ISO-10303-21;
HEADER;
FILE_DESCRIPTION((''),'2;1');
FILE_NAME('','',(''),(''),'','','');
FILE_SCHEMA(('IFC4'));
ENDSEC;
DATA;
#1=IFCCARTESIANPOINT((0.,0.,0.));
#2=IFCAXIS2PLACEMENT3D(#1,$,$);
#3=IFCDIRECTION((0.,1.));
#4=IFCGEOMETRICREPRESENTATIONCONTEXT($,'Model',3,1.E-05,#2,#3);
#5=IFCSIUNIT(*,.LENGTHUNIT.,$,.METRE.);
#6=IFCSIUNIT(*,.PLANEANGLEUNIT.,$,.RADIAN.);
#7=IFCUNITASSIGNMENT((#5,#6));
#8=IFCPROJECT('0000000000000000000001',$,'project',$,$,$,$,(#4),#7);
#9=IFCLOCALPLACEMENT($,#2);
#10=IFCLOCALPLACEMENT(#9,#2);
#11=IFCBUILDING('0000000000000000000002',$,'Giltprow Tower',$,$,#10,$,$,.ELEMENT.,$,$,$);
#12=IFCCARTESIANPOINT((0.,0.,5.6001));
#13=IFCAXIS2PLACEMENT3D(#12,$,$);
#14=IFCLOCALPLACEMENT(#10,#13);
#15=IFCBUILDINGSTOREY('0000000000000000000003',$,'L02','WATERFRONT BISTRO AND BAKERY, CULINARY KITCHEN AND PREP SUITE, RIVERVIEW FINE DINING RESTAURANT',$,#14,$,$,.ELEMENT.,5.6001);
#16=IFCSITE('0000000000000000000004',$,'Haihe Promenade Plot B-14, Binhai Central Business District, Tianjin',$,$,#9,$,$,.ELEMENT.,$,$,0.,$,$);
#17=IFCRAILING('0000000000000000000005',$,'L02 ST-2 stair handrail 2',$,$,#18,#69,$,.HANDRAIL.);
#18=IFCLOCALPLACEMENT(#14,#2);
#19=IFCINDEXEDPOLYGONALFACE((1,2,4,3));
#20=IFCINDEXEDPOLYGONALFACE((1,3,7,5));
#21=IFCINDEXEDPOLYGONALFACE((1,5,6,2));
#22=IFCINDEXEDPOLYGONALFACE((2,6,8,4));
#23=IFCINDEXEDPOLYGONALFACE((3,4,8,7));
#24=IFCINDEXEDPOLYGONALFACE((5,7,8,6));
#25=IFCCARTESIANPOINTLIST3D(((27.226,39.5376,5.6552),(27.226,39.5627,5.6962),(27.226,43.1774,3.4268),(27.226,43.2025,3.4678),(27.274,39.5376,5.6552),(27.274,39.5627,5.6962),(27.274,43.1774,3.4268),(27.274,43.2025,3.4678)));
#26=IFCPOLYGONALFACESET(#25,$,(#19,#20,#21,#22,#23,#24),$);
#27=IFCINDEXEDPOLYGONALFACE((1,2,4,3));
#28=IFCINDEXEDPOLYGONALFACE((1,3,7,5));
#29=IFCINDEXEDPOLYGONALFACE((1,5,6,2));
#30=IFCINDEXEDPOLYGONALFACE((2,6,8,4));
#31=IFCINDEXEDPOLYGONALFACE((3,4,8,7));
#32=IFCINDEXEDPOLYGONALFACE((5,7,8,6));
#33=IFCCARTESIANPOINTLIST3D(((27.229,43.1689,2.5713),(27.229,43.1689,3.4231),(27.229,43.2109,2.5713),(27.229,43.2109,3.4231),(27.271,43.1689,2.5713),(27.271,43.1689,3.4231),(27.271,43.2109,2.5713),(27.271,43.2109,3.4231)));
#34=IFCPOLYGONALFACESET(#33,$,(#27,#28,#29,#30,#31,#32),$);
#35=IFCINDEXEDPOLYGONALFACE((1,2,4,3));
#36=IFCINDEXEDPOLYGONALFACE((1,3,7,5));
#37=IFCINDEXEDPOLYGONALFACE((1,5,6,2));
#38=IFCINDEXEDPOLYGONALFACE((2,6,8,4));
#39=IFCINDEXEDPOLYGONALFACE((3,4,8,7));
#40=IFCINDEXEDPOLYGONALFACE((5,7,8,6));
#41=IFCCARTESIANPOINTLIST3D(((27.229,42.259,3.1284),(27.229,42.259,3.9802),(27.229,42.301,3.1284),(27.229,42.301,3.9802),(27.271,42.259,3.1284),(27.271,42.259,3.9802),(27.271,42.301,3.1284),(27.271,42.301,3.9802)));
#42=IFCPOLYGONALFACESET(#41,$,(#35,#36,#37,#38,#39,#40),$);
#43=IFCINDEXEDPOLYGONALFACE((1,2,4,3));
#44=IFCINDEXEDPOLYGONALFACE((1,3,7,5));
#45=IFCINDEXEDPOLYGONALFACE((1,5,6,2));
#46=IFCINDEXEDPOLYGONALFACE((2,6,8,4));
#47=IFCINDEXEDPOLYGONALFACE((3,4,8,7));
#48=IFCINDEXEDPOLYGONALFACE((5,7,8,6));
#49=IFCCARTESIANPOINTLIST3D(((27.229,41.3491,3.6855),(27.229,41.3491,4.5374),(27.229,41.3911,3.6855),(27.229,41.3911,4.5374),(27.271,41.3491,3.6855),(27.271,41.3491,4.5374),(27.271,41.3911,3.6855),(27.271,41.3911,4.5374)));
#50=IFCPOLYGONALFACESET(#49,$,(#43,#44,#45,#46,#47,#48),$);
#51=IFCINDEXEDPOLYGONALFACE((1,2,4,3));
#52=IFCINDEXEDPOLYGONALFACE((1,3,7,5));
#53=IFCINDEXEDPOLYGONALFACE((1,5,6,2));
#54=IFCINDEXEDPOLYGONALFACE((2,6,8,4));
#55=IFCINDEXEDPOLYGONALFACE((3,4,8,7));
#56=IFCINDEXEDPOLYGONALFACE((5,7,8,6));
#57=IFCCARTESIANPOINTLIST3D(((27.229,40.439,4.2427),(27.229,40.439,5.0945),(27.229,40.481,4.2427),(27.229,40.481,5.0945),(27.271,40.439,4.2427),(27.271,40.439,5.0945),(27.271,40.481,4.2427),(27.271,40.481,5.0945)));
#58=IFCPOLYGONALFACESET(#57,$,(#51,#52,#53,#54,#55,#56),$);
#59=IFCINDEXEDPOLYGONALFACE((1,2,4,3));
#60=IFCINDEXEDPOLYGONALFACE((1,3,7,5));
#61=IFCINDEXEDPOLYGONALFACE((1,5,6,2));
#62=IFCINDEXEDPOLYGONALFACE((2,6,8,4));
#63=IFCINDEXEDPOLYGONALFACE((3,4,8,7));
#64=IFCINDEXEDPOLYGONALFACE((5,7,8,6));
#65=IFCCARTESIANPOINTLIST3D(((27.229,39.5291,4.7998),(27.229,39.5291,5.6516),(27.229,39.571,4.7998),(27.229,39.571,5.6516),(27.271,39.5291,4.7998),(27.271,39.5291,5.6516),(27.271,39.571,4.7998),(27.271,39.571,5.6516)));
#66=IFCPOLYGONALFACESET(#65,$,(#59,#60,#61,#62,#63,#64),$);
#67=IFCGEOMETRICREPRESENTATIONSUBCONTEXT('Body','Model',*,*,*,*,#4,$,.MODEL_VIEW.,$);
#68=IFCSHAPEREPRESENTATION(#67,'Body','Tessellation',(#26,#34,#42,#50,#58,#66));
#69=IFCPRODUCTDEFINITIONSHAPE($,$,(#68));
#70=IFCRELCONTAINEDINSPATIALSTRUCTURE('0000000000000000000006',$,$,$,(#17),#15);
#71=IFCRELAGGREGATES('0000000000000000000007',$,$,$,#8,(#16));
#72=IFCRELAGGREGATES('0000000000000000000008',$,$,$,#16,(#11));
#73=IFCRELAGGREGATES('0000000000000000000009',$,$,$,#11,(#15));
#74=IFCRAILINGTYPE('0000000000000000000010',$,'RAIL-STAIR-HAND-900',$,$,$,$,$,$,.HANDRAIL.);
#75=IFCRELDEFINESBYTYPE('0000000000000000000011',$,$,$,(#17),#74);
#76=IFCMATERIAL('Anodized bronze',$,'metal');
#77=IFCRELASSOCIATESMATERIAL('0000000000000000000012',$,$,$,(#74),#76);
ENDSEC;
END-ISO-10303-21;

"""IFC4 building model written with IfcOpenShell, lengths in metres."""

from ifc_helpers import new_model, si_unit, direction, frame, origin, origin_2d, place, context, subcontext, project, spatial, rectangle, extrude, material, type_object, element, save


model = new_model("IFC4")

# Units and contexts
model_context = context("Model", 3, precision=1e-05, world=origin(), true_north=direction((0.0, 1.0)))
body_context = subcontext(model_context, "Body", "Model", "MODEL_VIEW")
ifc_project = project(units=[si_unit("LENGTHUNIT", "METRE"), si_unit("PLANEANGLEUNIT", "RADIAN")], contexts=[model_context])

# Site, building, storey
site_placement = place(None, origin())
site = spatial("IfcSite", under=ifc_project, at=site_placement, Name="Haihe Promenade Plot B-14, Binhai Central Business District, Tianjin", CompositionType="ELEMENT", RefElevation=0.0)
building_placement = place(site_placement, origin())
building = spatial("IfcBuilding", under=site, at=building_placement, Name="Giltprow Tower", CompositionType="ELEMENT")
storey_placement = place(building_placement, frame((0.0, 0.0, 5.6001)))
storey = spatial("IfcBuildingStorey", under=building, at=storey_placement, Name="L02", Description="WATERFRONT BISTRO AND BAKERY, CULINARY KITCHEN AND PREP SUITE, RIVERVIEW FINE DINING RESTAURANT", CompositionType="ELEMENT", Elevation=5.6001)

# Railing
ifc_material_1 = material(Name="Anodized bronze", Category="metal")
railing_type_1 = type_object("IfcRailingType", Name="RAIL-STAIR-HAND-900", PredefinedType="HANDRAIL", material=ifc_material_1)
railing_1_placement = place(storey_placement, frame((27.25, 43.1899, 2.5713)))
element("IfcRailing", 1, at=railing_1_placement, inside=storey, type_object=railing_type_1, Name="L02 ST-2 stair handrail 2", PredefinedType="HANDRAIL", context=body_context, shape_type="SweptSolid", body=[
    extrude(rectangle(XDim=0.0481, YDim=0.0481, at=origin_2d()), frame((0.0, 0.0, 0.876), z_axis=(0.0, -0.85285, 0.522156), x_axis=(1.0, 0.0, 0.0)), (0.0, 0.0, 1.0), 4.2678),
    extrude(rectangle(XDim=0.042, YDim=0.042, at=origin_2d()), origin(), (0.0, 0.0, 1.0), 0.8518),
    extrude(rectangle(XDim=0.042, YDim=0.042, at=origin_2d()), frame((0.0, -0.9099, 0.5571)), (0.0, 0.0, 1.0), 0.8518),
    extrude(rectangle(XDim=0.042, YDim=0.042, at=origin_2d()), frame((0.0, -1.8198, 1.1143)), (0.0, 0.0, 1.0), 0.8518),
    extrude(rectangle(XDim=0.042, YDim=0.042, at=origin_2d()), frame((0.0, -2.73, 1.6714)), (0.0, 0.0, 1.0), 0.8518),
    extrude(rectangle(XDim=0.042, YDim=0.042, at=origin_2d()), frame((0.0, -3.6399, 2.2285)), (0.0, 0.0, 1.0), 0.8518),
])

save(model, "model.ifc")
